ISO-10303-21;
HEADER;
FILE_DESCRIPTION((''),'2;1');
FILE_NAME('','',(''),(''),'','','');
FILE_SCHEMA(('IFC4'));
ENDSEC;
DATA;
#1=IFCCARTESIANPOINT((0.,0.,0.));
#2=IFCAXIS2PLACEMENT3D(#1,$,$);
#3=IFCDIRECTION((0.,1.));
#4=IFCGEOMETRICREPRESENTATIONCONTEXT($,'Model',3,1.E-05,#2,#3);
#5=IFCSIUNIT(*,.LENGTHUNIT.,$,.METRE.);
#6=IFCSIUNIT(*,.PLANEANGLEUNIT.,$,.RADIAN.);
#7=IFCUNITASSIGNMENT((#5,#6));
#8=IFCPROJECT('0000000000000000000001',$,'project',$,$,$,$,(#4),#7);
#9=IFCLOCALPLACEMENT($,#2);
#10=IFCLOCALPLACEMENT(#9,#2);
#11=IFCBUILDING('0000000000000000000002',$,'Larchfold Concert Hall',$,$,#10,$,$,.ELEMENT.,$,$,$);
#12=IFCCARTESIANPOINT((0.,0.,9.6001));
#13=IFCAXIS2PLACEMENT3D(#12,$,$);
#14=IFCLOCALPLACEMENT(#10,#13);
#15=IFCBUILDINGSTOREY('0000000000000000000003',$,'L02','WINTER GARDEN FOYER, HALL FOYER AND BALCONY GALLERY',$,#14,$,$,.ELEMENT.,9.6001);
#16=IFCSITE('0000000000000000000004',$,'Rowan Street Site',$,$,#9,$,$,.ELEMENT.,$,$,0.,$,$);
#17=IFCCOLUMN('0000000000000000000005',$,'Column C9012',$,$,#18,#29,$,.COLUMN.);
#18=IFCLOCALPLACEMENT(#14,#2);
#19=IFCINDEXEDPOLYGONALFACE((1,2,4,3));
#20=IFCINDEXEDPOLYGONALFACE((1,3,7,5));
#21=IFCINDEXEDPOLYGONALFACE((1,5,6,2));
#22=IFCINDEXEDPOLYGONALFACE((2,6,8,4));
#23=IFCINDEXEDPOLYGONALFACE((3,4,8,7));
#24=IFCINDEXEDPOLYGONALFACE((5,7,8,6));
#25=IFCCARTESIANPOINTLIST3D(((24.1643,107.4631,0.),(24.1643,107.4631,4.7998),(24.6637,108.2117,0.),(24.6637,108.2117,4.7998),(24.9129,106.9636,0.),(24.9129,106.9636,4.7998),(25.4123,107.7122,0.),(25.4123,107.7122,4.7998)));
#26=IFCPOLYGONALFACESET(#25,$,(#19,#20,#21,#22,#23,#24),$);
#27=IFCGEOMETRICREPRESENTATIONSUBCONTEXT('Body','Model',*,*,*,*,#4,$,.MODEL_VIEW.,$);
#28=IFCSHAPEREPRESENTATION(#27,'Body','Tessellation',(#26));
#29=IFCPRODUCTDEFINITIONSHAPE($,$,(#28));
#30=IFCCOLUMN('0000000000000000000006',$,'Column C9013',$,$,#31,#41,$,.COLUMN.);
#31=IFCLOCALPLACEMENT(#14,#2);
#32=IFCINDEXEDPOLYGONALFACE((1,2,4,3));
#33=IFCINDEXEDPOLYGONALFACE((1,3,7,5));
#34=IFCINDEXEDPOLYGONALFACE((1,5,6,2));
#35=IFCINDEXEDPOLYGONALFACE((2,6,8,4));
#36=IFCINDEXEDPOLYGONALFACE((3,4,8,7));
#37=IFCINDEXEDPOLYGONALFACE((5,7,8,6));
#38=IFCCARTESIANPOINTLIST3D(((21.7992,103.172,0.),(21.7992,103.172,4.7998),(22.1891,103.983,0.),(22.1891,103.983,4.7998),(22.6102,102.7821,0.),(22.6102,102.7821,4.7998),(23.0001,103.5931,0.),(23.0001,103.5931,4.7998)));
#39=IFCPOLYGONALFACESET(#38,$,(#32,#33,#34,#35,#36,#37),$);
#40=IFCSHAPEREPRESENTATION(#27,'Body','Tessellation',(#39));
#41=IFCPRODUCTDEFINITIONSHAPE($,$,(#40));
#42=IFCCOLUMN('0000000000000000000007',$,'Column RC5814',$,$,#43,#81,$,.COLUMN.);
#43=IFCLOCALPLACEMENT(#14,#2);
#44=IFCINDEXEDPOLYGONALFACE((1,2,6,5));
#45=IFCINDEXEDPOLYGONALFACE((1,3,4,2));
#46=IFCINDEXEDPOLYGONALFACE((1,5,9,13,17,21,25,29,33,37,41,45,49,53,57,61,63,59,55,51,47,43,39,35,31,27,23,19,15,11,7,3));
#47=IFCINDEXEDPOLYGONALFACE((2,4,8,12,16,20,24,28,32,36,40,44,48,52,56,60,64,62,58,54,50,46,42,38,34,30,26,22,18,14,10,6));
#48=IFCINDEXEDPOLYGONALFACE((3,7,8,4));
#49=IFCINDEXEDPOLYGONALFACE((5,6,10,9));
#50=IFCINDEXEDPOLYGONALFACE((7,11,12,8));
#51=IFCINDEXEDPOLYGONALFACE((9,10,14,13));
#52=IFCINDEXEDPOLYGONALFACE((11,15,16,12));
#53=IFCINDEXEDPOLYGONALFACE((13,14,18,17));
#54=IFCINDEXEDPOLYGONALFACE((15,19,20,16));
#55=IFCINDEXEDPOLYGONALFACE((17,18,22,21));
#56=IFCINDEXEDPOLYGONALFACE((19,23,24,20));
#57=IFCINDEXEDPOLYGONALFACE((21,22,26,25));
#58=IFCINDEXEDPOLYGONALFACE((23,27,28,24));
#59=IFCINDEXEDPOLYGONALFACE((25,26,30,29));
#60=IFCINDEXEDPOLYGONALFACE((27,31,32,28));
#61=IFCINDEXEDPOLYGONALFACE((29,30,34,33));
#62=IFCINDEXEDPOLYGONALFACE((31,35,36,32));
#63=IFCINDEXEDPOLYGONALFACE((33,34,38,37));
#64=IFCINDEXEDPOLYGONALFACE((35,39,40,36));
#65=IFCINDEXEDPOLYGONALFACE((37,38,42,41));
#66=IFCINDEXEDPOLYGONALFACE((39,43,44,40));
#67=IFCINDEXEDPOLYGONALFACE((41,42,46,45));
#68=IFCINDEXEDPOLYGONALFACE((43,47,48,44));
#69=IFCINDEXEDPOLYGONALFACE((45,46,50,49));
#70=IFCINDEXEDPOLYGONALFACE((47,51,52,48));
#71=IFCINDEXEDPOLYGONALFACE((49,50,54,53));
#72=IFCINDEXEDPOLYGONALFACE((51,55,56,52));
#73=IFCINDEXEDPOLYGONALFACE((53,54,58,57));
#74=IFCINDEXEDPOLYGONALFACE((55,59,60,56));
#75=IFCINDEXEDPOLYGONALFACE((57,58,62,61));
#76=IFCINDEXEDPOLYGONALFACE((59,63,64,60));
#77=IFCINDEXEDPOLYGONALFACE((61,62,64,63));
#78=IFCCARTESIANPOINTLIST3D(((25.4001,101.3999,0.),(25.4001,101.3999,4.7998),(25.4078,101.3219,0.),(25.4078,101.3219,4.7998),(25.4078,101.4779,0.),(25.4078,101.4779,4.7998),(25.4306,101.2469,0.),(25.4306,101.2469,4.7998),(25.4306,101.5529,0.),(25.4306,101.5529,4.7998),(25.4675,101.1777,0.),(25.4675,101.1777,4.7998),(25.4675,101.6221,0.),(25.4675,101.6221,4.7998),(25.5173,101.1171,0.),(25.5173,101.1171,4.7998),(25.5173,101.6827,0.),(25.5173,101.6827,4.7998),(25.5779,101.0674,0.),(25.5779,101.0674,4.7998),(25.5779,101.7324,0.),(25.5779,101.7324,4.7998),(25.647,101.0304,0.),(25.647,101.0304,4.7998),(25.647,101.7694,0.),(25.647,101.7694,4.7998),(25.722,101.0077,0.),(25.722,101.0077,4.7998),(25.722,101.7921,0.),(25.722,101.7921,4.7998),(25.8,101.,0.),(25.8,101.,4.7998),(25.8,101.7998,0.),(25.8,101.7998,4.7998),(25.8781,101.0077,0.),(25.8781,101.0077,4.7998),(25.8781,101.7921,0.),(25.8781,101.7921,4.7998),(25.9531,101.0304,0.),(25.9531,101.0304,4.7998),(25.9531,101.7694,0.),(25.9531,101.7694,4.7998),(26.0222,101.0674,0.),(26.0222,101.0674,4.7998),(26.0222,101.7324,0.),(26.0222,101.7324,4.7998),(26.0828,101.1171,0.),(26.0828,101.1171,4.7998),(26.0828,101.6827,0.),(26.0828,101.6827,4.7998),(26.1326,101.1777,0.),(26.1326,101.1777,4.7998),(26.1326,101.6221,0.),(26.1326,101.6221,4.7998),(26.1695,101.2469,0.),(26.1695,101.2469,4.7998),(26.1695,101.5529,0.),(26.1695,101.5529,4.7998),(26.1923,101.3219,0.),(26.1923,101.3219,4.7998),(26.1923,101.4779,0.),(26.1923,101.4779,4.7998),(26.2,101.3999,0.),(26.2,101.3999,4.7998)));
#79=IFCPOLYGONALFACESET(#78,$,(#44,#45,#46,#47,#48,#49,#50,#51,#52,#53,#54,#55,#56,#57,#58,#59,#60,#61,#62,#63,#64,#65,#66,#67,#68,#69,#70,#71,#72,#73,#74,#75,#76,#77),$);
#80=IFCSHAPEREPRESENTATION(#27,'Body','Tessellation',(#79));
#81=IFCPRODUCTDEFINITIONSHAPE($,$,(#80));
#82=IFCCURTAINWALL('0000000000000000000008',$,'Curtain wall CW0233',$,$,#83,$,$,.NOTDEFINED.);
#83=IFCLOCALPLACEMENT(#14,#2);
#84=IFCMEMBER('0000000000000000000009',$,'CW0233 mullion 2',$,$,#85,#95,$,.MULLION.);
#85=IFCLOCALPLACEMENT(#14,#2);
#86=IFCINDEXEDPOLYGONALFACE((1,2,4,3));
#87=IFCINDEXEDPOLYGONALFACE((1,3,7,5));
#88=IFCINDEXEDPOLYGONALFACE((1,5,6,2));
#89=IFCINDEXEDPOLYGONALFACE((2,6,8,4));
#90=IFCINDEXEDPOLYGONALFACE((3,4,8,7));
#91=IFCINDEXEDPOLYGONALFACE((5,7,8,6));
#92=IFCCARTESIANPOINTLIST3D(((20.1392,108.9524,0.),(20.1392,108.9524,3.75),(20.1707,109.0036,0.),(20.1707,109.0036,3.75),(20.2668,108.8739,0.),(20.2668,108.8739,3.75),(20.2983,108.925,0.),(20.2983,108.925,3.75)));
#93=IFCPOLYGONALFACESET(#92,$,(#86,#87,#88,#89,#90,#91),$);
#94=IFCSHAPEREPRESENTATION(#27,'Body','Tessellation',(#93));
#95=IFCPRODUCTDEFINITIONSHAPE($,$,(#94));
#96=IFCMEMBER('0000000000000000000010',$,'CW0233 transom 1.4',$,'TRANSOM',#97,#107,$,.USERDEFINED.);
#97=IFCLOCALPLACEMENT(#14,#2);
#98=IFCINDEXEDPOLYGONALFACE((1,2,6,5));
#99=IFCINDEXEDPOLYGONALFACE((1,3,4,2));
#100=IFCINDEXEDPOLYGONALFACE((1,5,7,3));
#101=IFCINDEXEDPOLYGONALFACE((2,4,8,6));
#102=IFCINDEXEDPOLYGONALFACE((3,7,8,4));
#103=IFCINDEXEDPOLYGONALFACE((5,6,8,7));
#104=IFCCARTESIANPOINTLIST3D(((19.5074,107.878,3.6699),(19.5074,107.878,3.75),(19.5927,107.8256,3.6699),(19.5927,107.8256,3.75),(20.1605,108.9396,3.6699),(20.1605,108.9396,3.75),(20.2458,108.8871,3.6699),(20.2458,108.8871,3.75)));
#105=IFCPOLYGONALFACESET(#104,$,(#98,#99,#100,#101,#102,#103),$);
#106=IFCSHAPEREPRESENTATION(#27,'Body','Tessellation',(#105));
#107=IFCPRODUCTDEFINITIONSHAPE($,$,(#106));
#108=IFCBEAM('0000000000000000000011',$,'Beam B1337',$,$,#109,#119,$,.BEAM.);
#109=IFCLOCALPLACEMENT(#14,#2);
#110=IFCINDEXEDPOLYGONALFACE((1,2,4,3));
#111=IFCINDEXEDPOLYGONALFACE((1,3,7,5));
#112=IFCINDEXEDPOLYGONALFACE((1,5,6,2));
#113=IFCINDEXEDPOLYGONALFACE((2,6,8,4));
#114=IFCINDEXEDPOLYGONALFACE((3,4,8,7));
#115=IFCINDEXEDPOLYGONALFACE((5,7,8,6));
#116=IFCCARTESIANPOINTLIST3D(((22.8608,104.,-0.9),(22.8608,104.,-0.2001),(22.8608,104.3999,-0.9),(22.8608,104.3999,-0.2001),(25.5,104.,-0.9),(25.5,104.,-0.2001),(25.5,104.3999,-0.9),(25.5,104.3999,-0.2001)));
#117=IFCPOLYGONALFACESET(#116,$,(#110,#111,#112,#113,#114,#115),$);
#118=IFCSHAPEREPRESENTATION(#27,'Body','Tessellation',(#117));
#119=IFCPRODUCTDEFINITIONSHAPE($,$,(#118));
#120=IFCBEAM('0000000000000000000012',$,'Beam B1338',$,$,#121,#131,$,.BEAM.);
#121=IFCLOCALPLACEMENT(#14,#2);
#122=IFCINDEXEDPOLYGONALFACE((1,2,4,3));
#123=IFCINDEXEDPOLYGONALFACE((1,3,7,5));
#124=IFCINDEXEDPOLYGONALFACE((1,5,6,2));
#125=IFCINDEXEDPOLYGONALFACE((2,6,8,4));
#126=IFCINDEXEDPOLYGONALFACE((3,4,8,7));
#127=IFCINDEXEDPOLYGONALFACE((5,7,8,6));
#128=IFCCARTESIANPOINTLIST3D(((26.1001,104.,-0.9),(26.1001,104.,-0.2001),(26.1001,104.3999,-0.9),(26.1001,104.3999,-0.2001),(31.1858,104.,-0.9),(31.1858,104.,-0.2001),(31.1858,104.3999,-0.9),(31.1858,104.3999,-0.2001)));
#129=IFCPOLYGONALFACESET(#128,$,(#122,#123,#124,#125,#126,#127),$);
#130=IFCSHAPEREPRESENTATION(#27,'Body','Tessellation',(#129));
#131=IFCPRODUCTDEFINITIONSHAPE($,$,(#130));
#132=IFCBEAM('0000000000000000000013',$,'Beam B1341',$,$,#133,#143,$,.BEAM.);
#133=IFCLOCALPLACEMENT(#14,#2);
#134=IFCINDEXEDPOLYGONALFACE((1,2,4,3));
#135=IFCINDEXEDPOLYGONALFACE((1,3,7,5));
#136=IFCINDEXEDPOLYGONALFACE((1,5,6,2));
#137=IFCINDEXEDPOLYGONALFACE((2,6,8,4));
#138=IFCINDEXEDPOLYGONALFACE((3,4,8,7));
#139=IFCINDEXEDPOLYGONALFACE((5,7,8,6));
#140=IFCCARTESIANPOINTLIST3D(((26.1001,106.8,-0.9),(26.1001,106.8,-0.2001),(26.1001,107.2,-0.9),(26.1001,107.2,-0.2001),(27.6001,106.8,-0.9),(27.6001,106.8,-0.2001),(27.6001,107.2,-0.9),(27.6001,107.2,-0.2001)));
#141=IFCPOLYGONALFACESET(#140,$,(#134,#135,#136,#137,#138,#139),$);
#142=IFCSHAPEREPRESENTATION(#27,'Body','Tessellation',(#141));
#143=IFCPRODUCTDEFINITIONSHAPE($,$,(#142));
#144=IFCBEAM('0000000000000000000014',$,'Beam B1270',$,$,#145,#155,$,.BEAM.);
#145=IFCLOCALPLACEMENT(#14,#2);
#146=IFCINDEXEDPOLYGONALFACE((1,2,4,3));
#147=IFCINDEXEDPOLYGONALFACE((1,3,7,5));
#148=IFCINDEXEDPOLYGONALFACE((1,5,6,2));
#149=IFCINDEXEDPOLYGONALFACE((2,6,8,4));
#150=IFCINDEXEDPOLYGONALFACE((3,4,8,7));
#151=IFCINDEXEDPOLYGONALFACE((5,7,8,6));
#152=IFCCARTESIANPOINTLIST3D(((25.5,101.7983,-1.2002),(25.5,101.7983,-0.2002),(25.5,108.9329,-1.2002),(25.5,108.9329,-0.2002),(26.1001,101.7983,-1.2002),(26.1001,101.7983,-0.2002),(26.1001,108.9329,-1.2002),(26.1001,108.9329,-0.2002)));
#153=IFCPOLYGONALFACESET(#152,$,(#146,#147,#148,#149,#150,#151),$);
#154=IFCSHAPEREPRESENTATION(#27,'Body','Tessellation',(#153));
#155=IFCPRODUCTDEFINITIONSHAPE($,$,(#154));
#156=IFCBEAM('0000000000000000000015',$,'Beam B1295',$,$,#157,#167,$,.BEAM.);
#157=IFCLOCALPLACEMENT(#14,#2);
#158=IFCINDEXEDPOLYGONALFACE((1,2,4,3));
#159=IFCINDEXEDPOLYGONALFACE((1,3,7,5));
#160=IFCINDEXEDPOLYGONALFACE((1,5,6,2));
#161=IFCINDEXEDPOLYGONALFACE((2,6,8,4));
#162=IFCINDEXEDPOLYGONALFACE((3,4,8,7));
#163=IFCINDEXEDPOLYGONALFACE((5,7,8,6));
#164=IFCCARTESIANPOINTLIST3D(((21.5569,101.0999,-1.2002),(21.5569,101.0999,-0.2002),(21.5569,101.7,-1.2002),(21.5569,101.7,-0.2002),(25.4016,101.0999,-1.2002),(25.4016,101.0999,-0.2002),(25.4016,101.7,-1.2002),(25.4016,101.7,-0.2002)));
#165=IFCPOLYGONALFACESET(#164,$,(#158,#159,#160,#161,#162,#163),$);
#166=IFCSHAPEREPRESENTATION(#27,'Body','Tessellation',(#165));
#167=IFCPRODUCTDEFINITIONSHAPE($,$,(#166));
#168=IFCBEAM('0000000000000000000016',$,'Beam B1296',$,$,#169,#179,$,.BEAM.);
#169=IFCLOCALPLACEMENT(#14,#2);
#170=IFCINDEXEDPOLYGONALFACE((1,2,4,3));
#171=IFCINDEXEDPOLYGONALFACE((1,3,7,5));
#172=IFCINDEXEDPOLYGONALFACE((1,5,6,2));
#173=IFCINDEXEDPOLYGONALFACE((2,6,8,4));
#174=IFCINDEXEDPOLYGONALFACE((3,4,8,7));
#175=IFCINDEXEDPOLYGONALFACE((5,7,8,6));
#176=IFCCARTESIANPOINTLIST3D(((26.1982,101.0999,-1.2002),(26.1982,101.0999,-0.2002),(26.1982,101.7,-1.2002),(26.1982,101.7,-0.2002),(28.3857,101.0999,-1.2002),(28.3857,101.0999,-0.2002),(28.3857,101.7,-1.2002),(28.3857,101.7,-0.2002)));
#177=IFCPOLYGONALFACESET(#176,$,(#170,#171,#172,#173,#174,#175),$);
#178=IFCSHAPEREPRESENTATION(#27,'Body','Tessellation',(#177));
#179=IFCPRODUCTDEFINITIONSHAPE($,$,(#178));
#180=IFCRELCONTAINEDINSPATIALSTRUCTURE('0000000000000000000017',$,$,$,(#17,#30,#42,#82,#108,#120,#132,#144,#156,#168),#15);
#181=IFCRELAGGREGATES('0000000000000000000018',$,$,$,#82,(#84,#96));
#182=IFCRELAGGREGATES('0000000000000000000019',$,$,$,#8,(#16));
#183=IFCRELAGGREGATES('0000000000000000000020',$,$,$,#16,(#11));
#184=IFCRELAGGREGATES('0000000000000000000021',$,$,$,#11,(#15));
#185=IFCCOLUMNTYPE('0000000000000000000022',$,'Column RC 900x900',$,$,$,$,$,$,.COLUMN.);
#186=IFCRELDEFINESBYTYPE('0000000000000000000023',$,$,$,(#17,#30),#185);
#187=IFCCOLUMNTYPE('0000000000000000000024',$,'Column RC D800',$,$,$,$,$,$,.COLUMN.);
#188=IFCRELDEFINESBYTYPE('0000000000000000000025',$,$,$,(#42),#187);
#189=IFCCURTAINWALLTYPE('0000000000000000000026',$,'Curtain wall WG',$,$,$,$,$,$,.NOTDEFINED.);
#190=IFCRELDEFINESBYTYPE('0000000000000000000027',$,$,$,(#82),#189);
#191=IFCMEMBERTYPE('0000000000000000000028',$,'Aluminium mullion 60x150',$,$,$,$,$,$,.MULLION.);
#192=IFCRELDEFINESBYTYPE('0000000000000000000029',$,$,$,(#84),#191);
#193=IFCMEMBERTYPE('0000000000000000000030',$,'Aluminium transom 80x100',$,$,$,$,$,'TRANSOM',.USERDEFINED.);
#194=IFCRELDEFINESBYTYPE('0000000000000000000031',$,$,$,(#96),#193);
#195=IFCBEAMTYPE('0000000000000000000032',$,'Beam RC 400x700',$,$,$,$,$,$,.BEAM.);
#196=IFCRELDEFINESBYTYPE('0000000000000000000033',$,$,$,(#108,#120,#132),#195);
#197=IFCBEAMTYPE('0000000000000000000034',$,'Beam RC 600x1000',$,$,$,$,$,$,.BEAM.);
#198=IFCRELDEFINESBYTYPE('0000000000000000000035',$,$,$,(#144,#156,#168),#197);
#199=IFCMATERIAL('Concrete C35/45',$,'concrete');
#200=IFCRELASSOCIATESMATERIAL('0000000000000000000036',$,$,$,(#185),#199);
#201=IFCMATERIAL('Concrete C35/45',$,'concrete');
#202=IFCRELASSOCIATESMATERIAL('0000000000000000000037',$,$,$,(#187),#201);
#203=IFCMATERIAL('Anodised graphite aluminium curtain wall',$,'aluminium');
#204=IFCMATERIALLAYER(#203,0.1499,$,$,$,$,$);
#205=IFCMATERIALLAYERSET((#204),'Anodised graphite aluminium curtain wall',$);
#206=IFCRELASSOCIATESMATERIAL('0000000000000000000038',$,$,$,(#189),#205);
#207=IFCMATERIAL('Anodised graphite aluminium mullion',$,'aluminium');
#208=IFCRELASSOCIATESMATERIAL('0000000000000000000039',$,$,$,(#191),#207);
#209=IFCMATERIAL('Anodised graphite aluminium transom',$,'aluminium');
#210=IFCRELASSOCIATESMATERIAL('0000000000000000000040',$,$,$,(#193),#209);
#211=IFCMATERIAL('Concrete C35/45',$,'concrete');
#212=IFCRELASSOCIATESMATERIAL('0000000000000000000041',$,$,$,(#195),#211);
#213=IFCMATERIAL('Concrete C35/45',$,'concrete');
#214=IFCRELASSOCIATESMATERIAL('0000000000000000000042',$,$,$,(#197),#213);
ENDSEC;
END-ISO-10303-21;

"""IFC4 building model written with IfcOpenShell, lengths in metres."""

from ifc_helpers import new_model, si_unit, direction, frame, origin, origin_2d, place, context, subcontext, project, spatial, rectangle, circle, extrude, material, layer, layer_set, material_profile, profile_set, type_object, element, aggregate, save


model = new_model("IFC4")

# Units and contexts
model_context = context("Model", 3, precision=1e-05, world=origin(), true_north=direction((0.0, 1.0)))
body_context = subcontext(model_context, "Body", "Model", "MODEL_VIEW")
ifc_project = project(units=[si_unit("LENGTHUNIT", "METRE"), si_unit("PLANEANGLEUNIT", "RADIAN")], contexts=[model_context])

# Site, building, storey
site_placement = place(None, origin())
site = spatial("IfcSite", under=ifc_project, at=site_placement, Name="Rowan Street Site", CompositionType="ELEMENT", RefElevation=0.0)
building_placement = place(site_placement, origin())
building = spatial("IfcBuilding", under=site, at=building_placement, Name="Larchfold Concert Hall", CompositionType="ELEMENT")
storey_placement = place(building_placement, frame((0.0, 0.0, 9.6001)))
storey = spatial("IfcBuildingStorey", under=building, at=storey_placement, Name="L02", Description="WINTER GARDEN FOYER, HALL FOYER AND BALCONY GALLERY", CompositionType="ELEMENT", Elevation=9.6001)

# Columns
ifc_material_1 = material(Name="Concrete C35/45", Category="concrete")
ifc_material_profile_1 = material_profile(ifc_material_1, rectangle(XDim=0.8999, YDim=0.8999, at=origin_2d()))
ifc_profile_set_1 = profile_set([ifc_material_profile_1], Name="Concrete C35/45")
column_type_1 = type_object("IfcColumnType", Name="Column RC 900x900", PredefinedType="COLUMN", material=ifc_profile_set_1)
for number, where, z_axis, x_axis, name in (
    (1, (24.7883, 107.5876, 0.0), (0.0, 0.0, 1.0), (0.554978, 0.831865, 0.0), "Column C9012"),
    (2, (22.3997, 103.3826, 0.0), (0.0, 0.0, 1.0), (0.433276, 0.901261, 0.0), "Column C9013"),
):
    element("IfcColumn", number, at=place(storey_placement, frame(where, z_axis=z_axis, x_axis=x_axis)), inside=storey, type_object=column_type_1, Name=name, PredefinedType="COLUMN", context=body_context, shape_type="SweptSolid", body=[
        extrude(rectangle(XDim=0.8999, YDim=0.8999, at=origin_2d()), origin(), (0.0, 0.0, 1.0), 4.7998),
    ])
ifc_material_2 = material(Name="Concrete C35/45", Category="concrete")
ifc_material_profile_2 = material_profile(ifc_material_2, circle(Radius=0.3999, at=origin_2d()))
ifc_profile_set_2 = profile_set([ifc_material_profile_2], Name="Concrete C35/45")
column_type_2 = type_object("IfcColumnType", Name="Column RC D800", PredefinedType="COLUMN", material=ifc_profile_set_2)
column_placement = place(storey_placement, frame((25.8, 101.3999, 0.0), z_axis=(0.0, 0.0, 1.0), x_axis=(1.0, 0.0, 0.0)))
element("IfcColumn", 3, at=column_placement, inside=storey, type_object=column_type_2, Name="Column RC5814", PredefinedType="COLUMN", context=body_context, shape_type="SweptSolid", body=[
    extrude(circle(Radius=0.3999, at=origin_2d()), origin(), (0.0, 0.0, 1.0), 4.7998),
])

# Curtain wall, members
ifc_material_3 = material(Name="Anodised graphite aluminium curtain wall", Category="aluminium")
ifc_layer_1 = layer(ifc_material_3, 0.1499)
ifc_layer_set_1 = layer_set([ifc_layer_1], Name="Anodised graphite aluminium curtain wall")
curtain_wall_type = type_object("IfcCurtainWallType", Name="Curtain wall WG", PredefinedType="NOTDEFINED", material=ifc_layer_set_1)
curtain_wall_placement = place(storey_placement, origin())
curtain_wall = element("IfcCurtainWall", 4, at=curtain_wall_placement, inside=storey, type_object=curtain_wall_type, Name="Curtain wall CW0233", PredefinedType="NOTDEFINED")
ifc_material_4 = material(Name="Anodised graphite aluminium mullion", Category="aluminium")
ifc_material_profile_3 = material_profile(ifc_material_4, rectangle(XDim=0.1499, YDim=0.0601, at=origin_2d()))
ifc_profile_set_3 = profile_set([ifc_material_profile_3], Name="Anodised graphite aluminium mullion")
member_type_1 = type_object("IfcMemberType", Name="Aluminium mullion 60x150", PredefinedType="MULLION", material=ifc_profile_set_3)
member_1_placement = place(storey_placement, frame((20.2188, 108.9387, 0.0), z_axis=(0.0, 0.0, 1.0), x_axis=(-0.851668, 0.524082, 0.0)))
member_1 = element("IfcMember", 5, at=member_1_placement, type_object=member_type_1, Name="CW0233 mullion 2", PredefinedType="MULLION", context=body_context, shape_type="SweptSolid", body=[
    extrude(rectangle(XDim=0.1499, YDim=0.0601, at=origin_2d()), origin(), (0.0, 0.0, 1.0), 3.75),
])
ifc_material_5 = material(Name="Anodised graphite aluminium transom", Category="aluminium")
ifc_material_profile_4 = material_profile(ifc_material_5, rectangle(XDim=0.1001, YDim=0.0801, at=origin_2d()))
ifc_profile_set_4 = profile_set([ifc_material_profile_4], Name="Anodised graphite aluminium transom")
member_type_2 = type_object("IfcMemberType", Name="Aluminium transom 80x100", ElementType="TRANSOM", PredefinedType="USERDEFINED", material=ifc_profile_set_4)
member_2_placement = place(storey_placement, frame((19.55, 107.8518, 3.71), z_axis=(0.523999, 0.851719, 0.0), x_axis=(-0.851719, 0.523999, 0.0)))
member_2 = element("IfcMember", 6, at=member_2_placement, type_object=member_type_2, Name="CW0233 transom 1.4", ObjectType="TRANSOM", PredefinedType="USERDEFINED", context=body_context, shape_type="SweptSolid", body=[
    extrude(rectangle(XDim=0.1001, YDim=0.0801, at=origin_2d()), origin(), (0.0, 0.0, 1.0), 1.2463),
])

# Beams
ifc_material_6 = material(Name="Concrete C35/45", Category="concrete")
ifc_material_profile_5 = material_profile(ifc_material_6, rectangle(XDim=0.3999, YDim=0.7, at=origin_2d()))
ifc_profile_set_5 = profile_set([ifc_material_profile_5], Name="Concrete C35/45")
beam_type_1 = type_object("IfcBeamType", Name="Beam RC 400x700", PredefinedType="BEAM", material=ifc_profile_set_5)
beam_1_placement = place(storey_placement, frame((22.8608, 104.2, -0.55), z_axis=(1.0, 0.0, 0.0), x_axis=(0.0, 1.0, 0.0)))
element("IfcBeam", 7, at=beam_1_placement, inside=storey, type_object=beam_type_1, Name="Beam B1337", PredefinedType="BEAM", context=body_context, shape_type="SweptSolid", body=[
    extrude(rectangle(XDim=0.3999, YDim=0.7, at=origin_2d()), origin(), (0.0, 0.0, 1.0), 2.6392),
])
beam_2_placement = place(storey_placement, frame((26.1001, 104.2, -0.55), z_axis=(1.0, 0.0, 0.0), x_axis=(0.0, 1.0, 0.0)))
element("IfcBeam", 8, at=beam_2_placement, inside=storey, type_object=beam_type_1, Name="Beam B1338", PredefinedType="BEAM", context=body_context, shape_type="SweptSolid", body=[
    extrude(rectangle(XDim=0.3999, YDim=0.7, at=origin_2d()), origin(), (0.0, 0.0, 1.0), 5.0857),
])
beam_3_placement = place(storey_placement, frame((26.1001, 107.0, -0.55), z_axis=(1.0, 0.0, 0.0), x_axis=(0.0, 1.0, 0.0)))
element("IfcBeam", 9, at=beam_3_placement, inside=storey, type_object=beam_type_1, Name="Beam B1341", PredefinedType="BEAM", context=body_context, shape_type="SweptSolid", body=[
    extrude(rectangle(XDim=0.3999, YDim=0.7, at=origin_2d()), origin(), (0.0, 0.0, 1.0), 1.5),
])
ifc_material_7 = material(Name="Concrete C35/45", Category="concrete")
ifc_material_profile_6 = material_profile(ifc_material_7, rectangle(XDim=0.6001, YDim=1.0, at=origin_2d()))
ifc_profile_set_6 = profile_set([ifc_material_profile_6], Name="Concrete C35/45")
beam_type_2 = type_object("IfcBeamType", Name="Beam RC 600x1000", PredefinedType="BEAM", material=ifc_profile_set_6)
beam_4_placement = place(storey_placement, frame((25.8, 101.7983, -0.7002), z_axis=(0.0, 1.0, 0.0), x_axis=(-1.0, 0.0, 0.0)))
element("IfcBeam", 10, at=beam_4_placement, inside=storey, type_object=beam_type_2, Name="Beam B1270", PredefinedType="BEAM", context=body_context, shape_type="SweptSolid", body=[
    extrude(rectangle(XDim=0.6001, YDim=1.0, at=origin_2d()), origin(), (0.0, 0.0, 1.0), 7.1345),
])
beam_5_placement = place(storey_placement, frame((21.5569, 101.3999, -0.7002), z_axis=(1.0, 0.0, 0.0), x_axis=(0.0, 1.0, 0.0)))
element("IfcBeam", 11, at=beam_5_placement, inside=storey, type_object=beam_type_2, Name="Beam B1295", PredefinedType="BEAM", context=body_context, shape_type="SweptSolid", body=[
    extrude(rectangle(XDim=0.6001, YDim=1.0, at=origin_2d()), origin(), (0.0, 0.0, 1.0), 3.8447),
])
beam_6_placement = place(storey_placement, frame((26.1982, 101.3999, -0.7002), z_axis=(1.0, 0.0, 0.0), x_axis=(0.0, 1.0, 0.0)))
element("IfcBeam", 12, at=beam_6_placement, inside=storey, type_object=beam_type_2, Name="Beam B1296", PredefinedType="BEAM", context=body_context, shape_type="SweptSolid", body=[
    extrude(rectangle(XDim=0.6001, YDim=1.0, at=origin_2d()), origin(), (0.0, 0.0, 1.0), 2.1875),
])

aggregate(curtain_wall, [member_1, member_2])

save(model, "model.ifc")
